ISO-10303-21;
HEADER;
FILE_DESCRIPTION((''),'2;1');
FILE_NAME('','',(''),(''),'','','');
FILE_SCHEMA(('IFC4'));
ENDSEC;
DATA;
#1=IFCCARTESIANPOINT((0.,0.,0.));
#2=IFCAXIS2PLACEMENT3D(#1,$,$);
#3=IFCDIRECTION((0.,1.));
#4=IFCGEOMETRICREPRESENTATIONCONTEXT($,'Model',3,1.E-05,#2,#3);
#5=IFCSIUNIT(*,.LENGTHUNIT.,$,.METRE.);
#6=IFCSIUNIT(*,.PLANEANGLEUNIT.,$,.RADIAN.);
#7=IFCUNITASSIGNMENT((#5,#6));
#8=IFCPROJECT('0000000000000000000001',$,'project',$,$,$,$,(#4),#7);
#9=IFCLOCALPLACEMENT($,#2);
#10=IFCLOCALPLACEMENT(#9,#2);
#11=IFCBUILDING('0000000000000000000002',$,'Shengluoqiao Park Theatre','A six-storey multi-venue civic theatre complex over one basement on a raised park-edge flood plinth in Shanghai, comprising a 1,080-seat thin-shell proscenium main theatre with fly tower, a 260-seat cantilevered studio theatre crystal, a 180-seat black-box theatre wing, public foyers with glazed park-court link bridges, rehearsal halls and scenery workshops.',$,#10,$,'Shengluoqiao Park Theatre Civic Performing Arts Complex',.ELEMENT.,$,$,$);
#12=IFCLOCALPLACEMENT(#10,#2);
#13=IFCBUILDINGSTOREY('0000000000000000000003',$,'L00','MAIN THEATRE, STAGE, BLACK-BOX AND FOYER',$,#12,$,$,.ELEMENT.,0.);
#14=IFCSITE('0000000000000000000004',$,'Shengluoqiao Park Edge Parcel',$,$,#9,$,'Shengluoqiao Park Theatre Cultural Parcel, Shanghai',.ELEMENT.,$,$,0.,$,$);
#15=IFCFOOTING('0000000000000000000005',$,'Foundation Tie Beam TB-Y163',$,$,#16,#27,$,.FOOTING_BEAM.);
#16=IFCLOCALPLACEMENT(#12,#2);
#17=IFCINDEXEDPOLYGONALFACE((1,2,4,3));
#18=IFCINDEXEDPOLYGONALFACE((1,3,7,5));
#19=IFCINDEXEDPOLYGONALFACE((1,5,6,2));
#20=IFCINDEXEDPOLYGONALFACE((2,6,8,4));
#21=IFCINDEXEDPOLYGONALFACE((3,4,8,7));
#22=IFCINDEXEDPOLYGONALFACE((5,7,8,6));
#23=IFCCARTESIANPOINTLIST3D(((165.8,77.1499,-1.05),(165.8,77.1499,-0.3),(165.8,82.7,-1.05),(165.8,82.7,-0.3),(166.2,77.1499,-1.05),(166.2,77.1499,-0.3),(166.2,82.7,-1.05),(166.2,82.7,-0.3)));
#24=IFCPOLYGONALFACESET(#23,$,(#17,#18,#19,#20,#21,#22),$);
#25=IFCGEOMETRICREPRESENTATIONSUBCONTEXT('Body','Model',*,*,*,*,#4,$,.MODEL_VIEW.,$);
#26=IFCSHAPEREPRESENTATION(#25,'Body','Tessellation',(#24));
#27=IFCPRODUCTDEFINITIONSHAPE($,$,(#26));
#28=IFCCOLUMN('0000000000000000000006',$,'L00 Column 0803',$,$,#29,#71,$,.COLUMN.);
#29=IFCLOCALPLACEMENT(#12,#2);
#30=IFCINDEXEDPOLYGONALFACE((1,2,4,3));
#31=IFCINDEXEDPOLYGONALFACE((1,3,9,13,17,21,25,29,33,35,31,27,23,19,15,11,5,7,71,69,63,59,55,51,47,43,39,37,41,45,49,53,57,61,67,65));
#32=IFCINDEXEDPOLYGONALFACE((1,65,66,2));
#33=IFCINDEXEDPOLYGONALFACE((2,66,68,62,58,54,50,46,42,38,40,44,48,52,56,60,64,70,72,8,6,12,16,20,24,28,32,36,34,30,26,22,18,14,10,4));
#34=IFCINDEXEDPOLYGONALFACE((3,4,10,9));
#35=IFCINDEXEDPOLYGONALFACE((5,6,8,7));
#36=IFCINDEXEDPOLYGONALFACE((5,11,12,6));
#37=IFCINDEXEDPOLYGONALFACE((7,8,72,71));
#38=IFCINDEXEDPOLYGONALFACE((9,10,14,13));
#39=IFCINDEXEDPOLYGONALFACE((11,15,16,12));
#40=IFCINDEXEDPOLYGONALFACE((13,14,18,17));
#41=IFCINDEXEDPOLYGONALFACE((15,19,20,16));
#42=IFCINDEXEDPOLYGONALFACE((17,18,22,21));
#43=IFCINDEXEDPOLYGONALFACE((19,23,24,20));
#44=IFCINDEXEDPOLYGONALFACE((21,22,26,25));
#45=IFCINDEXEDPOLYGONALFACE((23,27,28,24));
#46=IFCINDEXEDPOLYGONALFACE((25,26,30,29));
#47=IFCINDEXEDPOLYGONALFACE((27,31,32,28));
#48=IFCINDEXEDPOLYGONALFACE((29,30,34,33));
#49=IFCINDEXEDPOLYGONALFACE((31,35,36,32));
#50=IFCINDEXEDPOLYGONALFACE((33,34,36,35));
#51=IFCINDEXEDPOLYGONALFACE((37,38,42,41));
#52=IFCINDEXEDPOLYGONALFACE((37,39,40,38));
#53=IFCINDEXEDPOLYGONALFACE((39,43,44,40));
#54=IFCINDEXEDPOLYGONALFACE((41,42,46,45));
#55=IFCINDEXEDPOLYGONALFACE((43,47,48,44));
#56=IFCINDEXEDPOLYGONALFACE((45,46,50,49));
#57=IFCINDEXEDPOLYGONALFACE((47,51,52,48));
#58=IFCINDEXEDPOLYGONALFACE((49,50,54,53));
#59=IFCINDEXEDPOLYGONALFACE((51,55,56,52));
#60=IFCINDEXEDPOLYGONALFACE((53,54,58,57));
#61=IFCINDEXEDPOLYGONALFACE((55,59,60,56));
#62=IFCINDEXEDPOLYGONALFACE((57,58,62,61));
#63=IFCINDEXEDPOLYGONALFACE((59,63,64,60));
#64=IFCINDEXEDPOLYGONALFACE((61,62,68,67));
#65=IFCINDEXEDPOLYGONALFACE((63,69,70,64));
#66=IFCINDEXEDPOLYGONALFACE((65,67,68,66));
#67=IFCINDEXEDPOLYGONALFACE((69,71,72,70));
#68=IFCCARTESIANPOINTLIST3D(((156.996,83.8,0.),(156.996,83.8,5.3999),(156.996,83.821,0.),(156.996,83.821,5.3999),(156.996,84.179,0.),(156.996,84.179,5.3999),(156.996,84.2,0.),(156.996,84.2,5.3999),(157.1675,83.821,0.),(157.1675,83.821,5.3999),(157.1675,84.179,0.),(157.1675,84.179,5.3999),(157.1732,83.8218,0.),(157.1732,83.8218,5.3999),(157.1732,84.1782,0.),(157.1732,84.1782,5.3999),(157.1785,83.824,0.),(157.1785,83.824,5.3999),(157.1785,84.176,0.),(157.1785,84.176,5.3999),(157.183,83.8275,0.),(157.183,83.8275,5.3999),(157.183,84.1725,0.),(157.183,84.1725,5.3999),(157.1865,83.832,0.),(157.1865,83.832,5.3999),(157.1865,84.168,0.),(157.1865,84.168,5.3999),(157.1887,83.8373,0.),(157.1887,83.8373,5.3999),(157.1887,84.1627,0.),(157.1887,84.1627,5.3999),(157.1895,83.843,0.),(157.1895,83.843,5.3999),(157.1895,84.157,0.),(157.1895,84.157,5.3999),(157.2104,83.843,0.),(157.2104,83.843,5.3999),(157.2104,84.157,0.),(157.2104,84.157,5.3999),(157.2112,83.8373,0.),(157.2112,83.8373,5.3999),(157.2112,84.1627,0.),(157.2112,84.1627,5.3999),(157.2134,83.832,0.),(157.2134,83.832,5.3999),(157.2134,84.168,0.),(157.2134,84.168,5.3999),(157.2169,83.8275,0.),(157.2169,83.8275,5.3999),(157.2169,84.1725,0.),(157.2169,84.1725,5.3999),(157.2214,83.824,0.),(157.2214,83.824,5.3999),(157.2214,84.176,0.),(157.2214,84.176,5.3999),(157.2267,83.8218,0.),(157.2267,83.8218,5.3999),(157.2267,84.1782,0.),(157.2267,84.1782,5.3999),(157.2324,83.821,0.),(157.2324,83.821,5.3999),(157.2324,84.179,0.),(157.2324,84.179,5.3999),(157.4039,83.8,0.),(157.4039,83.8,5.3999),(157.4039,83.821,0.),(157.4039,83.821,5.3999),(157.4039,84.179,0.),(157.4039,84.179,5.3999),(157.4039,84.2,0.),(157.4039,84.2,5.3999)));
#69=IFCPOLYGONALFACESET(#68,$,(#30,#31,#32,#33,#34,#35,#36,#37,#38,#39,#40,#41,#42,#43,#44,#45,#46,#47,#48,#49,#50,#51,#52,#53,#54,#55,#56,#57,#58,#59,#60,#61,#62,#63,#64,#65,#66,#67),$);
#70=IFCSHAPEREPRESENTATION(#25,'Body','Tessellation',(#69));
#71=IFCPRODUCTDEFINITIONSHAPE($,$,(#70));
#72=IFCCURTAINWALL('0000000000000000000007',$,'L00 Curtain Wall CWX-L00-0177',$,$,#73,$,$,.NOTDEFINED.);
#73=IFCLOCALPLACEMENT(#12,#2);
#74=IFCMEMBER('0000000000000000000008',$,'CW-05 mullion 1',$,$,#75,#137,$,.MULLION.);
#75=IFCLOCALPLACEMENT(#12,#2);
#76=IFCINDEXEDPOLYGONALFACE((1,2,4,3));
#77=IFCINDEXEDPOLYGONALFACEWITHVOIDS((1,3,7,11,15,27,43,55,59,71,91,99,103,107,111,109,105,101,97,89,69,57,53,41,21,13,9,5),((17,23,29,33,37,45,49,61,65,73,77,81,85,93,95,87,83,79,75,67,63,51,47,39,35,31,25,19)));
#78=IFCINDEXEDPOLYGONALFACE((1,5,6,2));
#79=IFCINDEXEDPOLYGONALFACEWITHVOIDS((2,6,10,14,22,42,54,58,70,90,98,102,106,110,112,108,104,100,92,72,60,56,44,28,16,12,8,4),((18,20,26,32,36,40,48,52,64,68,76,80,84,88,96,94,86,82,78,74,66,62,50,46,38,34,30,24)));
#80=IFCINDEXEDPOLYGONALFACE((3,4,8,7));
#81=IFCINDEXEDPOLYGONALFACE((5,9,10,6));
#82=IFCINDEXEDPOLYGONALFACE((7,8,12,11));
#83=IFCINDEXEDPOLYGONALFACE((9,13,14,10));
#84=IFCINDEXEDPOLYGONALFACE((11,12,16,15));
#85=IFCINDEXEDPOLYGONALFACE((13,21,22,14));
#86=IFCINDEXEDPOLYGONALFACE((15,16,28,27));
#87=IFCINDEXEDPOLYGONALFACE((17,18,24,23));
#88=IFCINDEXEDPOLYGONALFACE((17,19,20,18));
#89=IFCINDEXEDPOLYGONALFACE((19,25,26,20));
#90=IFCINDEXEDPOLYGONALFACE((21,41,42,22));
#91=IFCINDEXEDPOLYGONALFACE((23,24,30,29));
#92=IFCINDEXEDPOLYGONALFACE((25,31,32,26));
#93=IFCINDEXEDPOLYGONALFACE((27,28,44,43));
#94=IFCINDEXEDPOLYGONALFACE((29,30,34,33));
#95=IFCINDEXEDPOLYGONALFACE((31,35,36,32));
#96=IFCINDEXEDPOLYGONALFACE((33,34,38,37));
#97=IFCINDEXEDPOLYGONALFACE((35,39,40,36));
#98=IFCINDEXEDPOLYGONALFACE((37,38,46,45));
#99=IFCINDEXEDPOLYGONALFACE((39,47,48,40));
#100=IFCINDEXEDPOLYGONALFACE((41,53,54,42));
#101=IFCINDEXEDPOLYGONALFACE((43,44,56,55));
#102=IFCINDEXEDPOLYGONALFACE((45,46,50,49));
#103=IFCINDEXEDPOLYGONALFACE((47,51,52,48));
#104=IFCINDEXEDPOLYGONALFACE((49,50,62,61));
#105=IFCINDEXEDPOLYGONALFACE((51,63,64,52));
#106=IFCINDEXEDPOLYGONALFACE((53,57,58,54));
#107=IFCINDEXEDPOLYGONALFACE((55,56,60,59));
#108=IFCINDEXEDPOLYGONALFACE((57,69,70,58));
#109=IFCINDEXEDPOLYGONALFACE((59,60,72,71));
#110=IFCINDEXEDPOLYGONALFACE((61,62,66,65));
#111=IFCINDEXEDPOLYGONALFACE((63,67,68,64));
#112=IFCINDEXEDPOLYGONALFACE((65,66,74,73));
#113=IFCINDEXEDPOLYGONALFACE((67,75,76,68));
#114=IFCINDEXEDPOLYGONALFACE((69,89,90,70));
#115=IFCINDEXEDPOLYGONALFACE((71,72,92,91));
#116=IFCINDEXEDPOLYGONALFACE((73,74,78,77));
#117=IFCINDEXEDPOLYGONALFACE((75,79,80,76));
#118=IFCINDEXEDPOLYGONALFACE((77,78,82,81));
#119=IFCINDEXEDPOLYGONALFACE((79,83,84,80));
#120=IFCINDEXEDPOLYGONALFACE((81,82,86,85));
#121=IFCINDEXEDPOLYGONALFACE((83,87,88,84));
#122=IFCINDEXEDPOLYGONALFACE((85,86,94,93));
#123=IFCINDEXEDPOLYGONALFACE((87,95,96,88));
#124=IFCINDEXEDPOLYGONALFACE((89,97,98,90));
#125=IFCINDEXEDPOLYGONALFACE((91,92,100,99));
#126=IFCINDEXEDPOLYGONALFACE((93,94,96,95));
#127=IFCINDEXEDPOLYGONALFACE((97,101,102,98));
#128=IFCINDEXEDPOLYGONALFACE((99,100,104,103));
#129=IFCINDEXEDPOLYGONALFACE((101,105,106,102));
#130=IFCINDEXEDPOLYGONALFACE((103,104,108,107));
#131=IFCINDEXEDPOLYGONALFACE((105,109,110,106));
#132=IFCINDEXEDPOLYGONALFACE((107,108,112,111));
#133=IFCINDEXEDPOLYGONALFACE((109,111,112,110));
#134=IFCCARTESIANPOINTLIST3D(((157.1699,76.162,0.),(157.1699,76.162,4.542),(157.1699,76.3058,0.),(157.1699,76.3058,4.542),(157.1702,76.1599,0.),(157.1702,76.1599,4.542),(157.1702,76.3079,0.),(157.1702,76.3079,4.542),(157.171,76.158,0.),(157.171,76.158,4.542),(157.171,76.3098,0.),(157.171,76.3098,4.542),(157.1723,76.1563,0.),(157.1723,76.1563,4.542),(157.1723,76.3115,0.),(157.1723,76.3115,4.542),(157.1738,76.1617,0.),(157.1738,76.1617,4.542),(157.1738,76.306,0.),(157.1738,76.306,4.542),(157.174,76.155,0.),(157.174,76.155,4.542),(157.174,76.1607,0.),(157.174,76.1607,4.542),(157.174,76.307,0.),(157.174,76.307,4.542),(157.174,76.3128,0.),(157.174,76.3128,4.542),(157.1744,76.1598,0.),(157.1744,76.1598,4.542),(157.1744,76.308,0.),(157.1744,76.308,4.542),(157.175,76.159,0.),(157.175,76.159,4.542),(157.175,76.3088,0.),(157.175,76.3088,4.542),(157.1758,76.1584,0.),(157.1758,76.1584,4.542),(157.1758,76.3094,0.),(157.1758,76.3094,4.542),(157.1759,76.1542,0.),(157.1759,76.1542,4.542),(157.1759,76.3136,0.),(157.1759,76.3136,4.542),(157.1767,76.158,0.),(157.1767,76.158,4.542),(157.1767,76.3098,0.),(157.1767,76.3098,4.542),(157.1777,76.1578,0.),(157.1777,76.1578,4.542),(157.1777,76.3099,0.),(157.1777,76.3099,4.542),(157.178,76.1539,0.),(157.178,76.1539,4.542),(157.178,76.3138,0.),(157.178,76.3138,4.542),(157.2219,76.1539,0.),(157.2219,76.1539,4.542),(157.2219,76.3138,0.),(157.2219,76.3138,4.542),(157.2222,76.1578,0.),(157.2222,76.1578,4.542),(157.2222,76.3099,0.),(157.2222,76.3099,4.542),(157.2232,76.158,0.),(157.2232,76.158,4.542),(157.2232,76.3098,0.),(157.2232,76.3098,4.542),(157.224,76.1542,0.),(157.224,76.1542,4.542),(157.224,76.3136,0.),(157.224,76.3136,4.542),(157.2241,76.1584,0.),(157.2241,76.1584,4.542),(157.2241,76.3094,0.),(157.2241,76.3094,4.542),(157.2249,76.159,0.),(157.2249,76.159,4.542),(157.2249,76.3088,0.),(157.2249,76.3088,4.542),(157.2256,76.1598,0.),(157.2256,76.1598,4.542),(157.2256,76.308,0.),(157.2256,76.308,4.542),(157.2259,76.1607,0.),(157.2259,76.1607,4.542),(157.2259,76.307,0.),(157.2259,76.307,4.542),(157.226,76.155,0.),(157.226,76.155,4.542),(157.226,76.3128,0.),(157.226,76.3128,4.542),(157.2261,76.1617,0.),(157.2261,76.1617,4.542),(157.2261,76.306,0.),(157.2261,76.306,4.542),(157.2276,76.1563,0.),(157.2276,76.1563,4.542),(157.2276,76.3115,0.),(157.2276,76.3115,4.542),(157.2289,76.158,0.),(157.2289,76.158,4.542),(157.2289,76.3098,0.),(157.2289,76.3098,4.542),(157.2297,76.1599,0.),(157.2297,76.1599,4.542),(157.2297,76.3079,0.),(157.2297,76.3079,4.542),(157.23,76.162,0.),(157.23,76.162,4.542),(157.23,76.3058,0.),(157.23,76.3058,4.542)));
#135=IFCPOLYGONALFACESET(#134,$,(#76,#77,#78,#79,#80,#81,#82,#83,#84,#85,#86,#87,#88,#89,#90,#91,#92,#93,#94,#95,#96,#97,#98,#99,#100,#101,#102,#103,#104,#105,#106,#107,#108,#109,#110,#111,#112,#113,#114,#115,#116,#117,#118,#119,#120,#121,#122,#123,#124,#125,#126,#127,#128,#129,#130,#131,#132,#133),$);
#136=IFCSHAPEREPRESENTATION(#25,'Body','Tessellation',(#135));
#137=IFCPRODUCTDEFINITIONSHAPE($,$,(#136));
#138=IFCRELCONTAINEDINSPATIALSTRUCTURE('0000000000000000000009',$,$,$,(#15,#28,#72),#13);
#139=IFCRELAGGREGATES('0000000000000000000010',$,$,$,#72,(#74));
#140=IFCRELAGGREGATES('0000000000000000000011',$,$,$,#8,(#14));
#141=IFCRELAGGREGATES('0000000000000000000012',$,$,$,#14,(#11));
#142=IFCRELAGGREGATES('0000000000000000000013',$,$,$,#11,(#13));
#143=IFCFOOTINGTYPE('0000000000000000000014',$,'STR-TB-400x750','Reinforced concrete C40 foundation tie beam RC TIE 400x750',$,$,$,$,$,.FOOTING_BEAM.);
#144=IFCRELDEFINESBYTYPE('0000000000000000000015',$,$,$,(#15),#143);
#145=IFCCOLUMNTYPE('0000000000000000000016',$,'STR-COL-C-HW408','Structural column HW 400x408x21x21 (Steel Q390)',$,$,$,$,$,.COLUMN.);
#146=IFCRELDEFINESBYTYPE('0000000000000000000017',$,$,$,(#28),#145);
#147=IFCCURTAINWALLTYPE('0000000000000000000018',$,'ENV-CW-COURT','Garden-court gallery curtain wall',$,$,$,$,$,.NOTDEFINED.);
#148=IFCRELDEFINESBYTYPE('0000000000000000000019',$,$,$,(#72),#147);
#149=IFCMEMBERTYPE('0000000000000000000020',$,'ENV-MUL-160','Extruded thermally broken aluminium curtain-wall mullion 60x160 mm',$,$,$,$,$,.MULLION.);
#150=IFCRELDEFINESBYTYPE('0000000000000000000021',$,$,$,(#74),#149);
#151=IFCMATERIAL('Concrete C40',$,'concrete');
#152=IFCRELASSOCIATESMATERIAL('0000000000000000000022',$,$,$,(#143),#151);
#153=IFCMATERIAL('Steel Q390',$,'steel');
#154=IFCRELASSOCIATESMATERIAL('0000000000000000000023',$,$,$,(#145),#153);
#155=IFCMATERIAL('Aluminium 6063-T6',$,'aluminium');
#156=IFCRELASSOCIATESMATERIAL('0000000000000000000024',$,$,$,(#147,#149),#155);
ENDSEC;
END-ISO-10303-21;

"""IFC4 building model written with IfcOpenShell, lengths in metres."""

from ifc_helpers import new_model, si_unit, direction, frame, origin, origin_2d, place, context, subcontext, project, spatial, rectangle, hollow_rectangle, i_section, extrude, material, material_profile, profile_set, type_object, element, aggregate, save


model = new_model("IFC4")

# Units and contexts
model_context = context("Model", 3, precision=1e-05, world=origin(), true_north=direction((0.0, 1.0)))
body_context = subcontext(model_context, "Body", "Model", "MODEL_VIEW")
ifc_project = project(units=[si_unit("LENGTHUNIT", "METRE"), si_unit("PLANEANGLEUNIT", "RADIAN")], contexts=[model_context])

# Site, building, storey
site_placement = place(None, origin())
site = spatial("IfcSite", under=ifc_project, at=site_placement, Name="Shengluoqiao Park Edge Parcel", LongName="Shengluoqiao Park Theatre Cultural Parcel, Shanghai", CompositionType="ELEMENT", RefElevation=0.0)
building_placement = place(site_placement, origin())
building = spatial("IfcBuilding", under=site, at=building_placement, Name="Shengluoqiao Park Theatre", Description="A six-storey multi-venue civic theatre complex over one basement on a raised park-edge flood plinth in Shanghai, comprising a 1,080-seat thin-shell proscenium main theatre with fly tower, a 260-seat cantilevered studio theatre crystal, a 180-seat black-box theatre wing, public foyers with glazed park-court link bridges, rehearsal halls and scenery workshops.", LongName="Shengluoqiao Park Theatre Civic Performing Arts Complex", CompositionType="ELEMENT")
storey_placement = place(building_placement, origin())
storey = spatial("IfcBuildingStorey", under=building, at=storey_placement, Name="L00", Description="MAIN THEATRE, STAGE, BLACK-BOX AND FOYER", CompositionType="ELEMENT", Elevation=0.0)

# Footing
ifc_material_1 = material(Name="Concrete C40", Category="concrete")
ifc_material_profile_1 = material_profile(ifc_material_1, rectangle(XDim=0.3999, YDim=0.75, at=origin_2d()), Name="RC TIE 400x750")
ifc_profile_set_1 = profile_set([ifc_material_profile_1], Name="Concrete C40")
footing_type = type_object("IfcFootingType", Name="STR-TB-400x750", Description="Reinforced concrete C40 foundation tie beam RC TIE 400x750", PredefinedType="FOOTING_BEAM", material=ifc_profile_set_1)
footing_placement = place(storey_placement, frame((166.0, 77.1499, -0.675), z_axis=(0.0, 1.0, 0.0), x_axis=(-1.0, 0.0, 0.0)))
element("IfcFooting", 1, at=footing_placement, inside=storey, type_object=footing_type, Name="Foundation Tie Beam TB-Y163", PredefinedType="FOOTING_BEAM", context=body_context, shape_type="SweptSolid", body=[
    extrude(rectangle(XDim=0.3999, YDim=0.75, at=origin_2d()), origin(), (0.0, 0.0, 1.0), 5.55),
])

# Column
ifc_material_2 = material(Name="Steel Q390", Category="steel")
ifc_material_profile_2 = material_profile(ifc_material_2, i_section(OverallWidth=0.408, OverallDepth=0.3999, WebThickness=0.021, FlangeThickness=0.021, FilletRadius=0.022, at=origin_2d()), Name="HW 400x408x21x21")
ifc_profile_set_2 = profile_set([ifc_material_profile_2], Name="Steel Q390")
column_type = type_object("IfcColumnType", Name="STR-COL-C-HW408", Description="Structural column HW 400x408x21x21 (Steel Q390)", PredefinedType="COLUMN", material=ifc_profile_set_2)
column_placement = place(storey_placement, frame((157.2, 84.0, 0.0), z_axis=(0.0, 0.0, 1.0), x_axis=(1.0, 0.0, 0.0)))
element("IfcColumn", 2, at=column_placement, inside=storey, type_object=column_type, Name="L00 Column 0803", PredefinedType="COLUMN", context=body_context, shape_type="SweptSolid", body=[
    extrude(i_section(OverallWidth=0.408, OverallDepth=0.3999, WebThickness=0.021, FlangeThickness=0.021, FilletRadius=0.022, at=origin_2d()), origin(), (0.0, 0.0, 1.0), 5.3999),
])

# Curtain wall, member
ifc_material_3 = material(Name="Aluminium 6063-T6", Category="aluminium")
curtain_wall_type = type_object("IfcCurtainWallType", Name="ENV-CW-COURT", Description="Garden-court gallery curtain wall", PredefinedType="NOTDEFINED", material=ifc_material_3)
curtain_wall_placement = place(storey_placement, origin())
curtain_wall = element("IfcCurtainWall", 3, at=curtain_wall_placement, inside=storey, type_object=curtain_wall_type, Name="L00 Curtain Wall CWX-L00-0177", PredefinedType="NOTDEFINED")
ifc_material_profile_3 = material_profile(ifc_material_3, hollow_rectangle(XDim=0.0601, YDim=0.1599, WallThickness=0.0039, InnerFilletRadius=0.0039, OuterFilletRadius=0.0081, at=origin_2d()), Name="ALU MULLION 160x60x4")
ifc_profile_set_3 = profile_set([ifc_material_profile_3], Name="Aluminium 6063-T6")
member_type_1 = type_object("IfcMemberType", Name="ENV-MUL-160", Description="Extruded thermally broken aluminium curtain-wall mullion 60x160 mm", PredefinedType="MULLION", material=ifc_profile_set_3)
member_1_placement = place(storey_placement, frame((157.2, 76.2339, 0.0), z_axis=(0.0, 0.0, 1.0), x_axis=(-1.0, 0.0, 0.0)))
member_1 = element("IfcMember", 4, at=member_1_placement, type_object=member_type_1, Name="CW-05 mullion 1", PredefinedType="MULLION", context=body_context, shape_type="SweptSolid", body=[
    extrude(hollow_rectangle(XDim=0.0601, YDim=0.1599, WallThickness=0.0039, InnerFilletRadius=0.0039, OuterFilletRadius=0.0081, at=origin_2d()), origin(), (0.0, 0.0, 1.0), 4.542),
])
aggregate(curtain_wall, [member_1])

save(model, "model.ifc")
